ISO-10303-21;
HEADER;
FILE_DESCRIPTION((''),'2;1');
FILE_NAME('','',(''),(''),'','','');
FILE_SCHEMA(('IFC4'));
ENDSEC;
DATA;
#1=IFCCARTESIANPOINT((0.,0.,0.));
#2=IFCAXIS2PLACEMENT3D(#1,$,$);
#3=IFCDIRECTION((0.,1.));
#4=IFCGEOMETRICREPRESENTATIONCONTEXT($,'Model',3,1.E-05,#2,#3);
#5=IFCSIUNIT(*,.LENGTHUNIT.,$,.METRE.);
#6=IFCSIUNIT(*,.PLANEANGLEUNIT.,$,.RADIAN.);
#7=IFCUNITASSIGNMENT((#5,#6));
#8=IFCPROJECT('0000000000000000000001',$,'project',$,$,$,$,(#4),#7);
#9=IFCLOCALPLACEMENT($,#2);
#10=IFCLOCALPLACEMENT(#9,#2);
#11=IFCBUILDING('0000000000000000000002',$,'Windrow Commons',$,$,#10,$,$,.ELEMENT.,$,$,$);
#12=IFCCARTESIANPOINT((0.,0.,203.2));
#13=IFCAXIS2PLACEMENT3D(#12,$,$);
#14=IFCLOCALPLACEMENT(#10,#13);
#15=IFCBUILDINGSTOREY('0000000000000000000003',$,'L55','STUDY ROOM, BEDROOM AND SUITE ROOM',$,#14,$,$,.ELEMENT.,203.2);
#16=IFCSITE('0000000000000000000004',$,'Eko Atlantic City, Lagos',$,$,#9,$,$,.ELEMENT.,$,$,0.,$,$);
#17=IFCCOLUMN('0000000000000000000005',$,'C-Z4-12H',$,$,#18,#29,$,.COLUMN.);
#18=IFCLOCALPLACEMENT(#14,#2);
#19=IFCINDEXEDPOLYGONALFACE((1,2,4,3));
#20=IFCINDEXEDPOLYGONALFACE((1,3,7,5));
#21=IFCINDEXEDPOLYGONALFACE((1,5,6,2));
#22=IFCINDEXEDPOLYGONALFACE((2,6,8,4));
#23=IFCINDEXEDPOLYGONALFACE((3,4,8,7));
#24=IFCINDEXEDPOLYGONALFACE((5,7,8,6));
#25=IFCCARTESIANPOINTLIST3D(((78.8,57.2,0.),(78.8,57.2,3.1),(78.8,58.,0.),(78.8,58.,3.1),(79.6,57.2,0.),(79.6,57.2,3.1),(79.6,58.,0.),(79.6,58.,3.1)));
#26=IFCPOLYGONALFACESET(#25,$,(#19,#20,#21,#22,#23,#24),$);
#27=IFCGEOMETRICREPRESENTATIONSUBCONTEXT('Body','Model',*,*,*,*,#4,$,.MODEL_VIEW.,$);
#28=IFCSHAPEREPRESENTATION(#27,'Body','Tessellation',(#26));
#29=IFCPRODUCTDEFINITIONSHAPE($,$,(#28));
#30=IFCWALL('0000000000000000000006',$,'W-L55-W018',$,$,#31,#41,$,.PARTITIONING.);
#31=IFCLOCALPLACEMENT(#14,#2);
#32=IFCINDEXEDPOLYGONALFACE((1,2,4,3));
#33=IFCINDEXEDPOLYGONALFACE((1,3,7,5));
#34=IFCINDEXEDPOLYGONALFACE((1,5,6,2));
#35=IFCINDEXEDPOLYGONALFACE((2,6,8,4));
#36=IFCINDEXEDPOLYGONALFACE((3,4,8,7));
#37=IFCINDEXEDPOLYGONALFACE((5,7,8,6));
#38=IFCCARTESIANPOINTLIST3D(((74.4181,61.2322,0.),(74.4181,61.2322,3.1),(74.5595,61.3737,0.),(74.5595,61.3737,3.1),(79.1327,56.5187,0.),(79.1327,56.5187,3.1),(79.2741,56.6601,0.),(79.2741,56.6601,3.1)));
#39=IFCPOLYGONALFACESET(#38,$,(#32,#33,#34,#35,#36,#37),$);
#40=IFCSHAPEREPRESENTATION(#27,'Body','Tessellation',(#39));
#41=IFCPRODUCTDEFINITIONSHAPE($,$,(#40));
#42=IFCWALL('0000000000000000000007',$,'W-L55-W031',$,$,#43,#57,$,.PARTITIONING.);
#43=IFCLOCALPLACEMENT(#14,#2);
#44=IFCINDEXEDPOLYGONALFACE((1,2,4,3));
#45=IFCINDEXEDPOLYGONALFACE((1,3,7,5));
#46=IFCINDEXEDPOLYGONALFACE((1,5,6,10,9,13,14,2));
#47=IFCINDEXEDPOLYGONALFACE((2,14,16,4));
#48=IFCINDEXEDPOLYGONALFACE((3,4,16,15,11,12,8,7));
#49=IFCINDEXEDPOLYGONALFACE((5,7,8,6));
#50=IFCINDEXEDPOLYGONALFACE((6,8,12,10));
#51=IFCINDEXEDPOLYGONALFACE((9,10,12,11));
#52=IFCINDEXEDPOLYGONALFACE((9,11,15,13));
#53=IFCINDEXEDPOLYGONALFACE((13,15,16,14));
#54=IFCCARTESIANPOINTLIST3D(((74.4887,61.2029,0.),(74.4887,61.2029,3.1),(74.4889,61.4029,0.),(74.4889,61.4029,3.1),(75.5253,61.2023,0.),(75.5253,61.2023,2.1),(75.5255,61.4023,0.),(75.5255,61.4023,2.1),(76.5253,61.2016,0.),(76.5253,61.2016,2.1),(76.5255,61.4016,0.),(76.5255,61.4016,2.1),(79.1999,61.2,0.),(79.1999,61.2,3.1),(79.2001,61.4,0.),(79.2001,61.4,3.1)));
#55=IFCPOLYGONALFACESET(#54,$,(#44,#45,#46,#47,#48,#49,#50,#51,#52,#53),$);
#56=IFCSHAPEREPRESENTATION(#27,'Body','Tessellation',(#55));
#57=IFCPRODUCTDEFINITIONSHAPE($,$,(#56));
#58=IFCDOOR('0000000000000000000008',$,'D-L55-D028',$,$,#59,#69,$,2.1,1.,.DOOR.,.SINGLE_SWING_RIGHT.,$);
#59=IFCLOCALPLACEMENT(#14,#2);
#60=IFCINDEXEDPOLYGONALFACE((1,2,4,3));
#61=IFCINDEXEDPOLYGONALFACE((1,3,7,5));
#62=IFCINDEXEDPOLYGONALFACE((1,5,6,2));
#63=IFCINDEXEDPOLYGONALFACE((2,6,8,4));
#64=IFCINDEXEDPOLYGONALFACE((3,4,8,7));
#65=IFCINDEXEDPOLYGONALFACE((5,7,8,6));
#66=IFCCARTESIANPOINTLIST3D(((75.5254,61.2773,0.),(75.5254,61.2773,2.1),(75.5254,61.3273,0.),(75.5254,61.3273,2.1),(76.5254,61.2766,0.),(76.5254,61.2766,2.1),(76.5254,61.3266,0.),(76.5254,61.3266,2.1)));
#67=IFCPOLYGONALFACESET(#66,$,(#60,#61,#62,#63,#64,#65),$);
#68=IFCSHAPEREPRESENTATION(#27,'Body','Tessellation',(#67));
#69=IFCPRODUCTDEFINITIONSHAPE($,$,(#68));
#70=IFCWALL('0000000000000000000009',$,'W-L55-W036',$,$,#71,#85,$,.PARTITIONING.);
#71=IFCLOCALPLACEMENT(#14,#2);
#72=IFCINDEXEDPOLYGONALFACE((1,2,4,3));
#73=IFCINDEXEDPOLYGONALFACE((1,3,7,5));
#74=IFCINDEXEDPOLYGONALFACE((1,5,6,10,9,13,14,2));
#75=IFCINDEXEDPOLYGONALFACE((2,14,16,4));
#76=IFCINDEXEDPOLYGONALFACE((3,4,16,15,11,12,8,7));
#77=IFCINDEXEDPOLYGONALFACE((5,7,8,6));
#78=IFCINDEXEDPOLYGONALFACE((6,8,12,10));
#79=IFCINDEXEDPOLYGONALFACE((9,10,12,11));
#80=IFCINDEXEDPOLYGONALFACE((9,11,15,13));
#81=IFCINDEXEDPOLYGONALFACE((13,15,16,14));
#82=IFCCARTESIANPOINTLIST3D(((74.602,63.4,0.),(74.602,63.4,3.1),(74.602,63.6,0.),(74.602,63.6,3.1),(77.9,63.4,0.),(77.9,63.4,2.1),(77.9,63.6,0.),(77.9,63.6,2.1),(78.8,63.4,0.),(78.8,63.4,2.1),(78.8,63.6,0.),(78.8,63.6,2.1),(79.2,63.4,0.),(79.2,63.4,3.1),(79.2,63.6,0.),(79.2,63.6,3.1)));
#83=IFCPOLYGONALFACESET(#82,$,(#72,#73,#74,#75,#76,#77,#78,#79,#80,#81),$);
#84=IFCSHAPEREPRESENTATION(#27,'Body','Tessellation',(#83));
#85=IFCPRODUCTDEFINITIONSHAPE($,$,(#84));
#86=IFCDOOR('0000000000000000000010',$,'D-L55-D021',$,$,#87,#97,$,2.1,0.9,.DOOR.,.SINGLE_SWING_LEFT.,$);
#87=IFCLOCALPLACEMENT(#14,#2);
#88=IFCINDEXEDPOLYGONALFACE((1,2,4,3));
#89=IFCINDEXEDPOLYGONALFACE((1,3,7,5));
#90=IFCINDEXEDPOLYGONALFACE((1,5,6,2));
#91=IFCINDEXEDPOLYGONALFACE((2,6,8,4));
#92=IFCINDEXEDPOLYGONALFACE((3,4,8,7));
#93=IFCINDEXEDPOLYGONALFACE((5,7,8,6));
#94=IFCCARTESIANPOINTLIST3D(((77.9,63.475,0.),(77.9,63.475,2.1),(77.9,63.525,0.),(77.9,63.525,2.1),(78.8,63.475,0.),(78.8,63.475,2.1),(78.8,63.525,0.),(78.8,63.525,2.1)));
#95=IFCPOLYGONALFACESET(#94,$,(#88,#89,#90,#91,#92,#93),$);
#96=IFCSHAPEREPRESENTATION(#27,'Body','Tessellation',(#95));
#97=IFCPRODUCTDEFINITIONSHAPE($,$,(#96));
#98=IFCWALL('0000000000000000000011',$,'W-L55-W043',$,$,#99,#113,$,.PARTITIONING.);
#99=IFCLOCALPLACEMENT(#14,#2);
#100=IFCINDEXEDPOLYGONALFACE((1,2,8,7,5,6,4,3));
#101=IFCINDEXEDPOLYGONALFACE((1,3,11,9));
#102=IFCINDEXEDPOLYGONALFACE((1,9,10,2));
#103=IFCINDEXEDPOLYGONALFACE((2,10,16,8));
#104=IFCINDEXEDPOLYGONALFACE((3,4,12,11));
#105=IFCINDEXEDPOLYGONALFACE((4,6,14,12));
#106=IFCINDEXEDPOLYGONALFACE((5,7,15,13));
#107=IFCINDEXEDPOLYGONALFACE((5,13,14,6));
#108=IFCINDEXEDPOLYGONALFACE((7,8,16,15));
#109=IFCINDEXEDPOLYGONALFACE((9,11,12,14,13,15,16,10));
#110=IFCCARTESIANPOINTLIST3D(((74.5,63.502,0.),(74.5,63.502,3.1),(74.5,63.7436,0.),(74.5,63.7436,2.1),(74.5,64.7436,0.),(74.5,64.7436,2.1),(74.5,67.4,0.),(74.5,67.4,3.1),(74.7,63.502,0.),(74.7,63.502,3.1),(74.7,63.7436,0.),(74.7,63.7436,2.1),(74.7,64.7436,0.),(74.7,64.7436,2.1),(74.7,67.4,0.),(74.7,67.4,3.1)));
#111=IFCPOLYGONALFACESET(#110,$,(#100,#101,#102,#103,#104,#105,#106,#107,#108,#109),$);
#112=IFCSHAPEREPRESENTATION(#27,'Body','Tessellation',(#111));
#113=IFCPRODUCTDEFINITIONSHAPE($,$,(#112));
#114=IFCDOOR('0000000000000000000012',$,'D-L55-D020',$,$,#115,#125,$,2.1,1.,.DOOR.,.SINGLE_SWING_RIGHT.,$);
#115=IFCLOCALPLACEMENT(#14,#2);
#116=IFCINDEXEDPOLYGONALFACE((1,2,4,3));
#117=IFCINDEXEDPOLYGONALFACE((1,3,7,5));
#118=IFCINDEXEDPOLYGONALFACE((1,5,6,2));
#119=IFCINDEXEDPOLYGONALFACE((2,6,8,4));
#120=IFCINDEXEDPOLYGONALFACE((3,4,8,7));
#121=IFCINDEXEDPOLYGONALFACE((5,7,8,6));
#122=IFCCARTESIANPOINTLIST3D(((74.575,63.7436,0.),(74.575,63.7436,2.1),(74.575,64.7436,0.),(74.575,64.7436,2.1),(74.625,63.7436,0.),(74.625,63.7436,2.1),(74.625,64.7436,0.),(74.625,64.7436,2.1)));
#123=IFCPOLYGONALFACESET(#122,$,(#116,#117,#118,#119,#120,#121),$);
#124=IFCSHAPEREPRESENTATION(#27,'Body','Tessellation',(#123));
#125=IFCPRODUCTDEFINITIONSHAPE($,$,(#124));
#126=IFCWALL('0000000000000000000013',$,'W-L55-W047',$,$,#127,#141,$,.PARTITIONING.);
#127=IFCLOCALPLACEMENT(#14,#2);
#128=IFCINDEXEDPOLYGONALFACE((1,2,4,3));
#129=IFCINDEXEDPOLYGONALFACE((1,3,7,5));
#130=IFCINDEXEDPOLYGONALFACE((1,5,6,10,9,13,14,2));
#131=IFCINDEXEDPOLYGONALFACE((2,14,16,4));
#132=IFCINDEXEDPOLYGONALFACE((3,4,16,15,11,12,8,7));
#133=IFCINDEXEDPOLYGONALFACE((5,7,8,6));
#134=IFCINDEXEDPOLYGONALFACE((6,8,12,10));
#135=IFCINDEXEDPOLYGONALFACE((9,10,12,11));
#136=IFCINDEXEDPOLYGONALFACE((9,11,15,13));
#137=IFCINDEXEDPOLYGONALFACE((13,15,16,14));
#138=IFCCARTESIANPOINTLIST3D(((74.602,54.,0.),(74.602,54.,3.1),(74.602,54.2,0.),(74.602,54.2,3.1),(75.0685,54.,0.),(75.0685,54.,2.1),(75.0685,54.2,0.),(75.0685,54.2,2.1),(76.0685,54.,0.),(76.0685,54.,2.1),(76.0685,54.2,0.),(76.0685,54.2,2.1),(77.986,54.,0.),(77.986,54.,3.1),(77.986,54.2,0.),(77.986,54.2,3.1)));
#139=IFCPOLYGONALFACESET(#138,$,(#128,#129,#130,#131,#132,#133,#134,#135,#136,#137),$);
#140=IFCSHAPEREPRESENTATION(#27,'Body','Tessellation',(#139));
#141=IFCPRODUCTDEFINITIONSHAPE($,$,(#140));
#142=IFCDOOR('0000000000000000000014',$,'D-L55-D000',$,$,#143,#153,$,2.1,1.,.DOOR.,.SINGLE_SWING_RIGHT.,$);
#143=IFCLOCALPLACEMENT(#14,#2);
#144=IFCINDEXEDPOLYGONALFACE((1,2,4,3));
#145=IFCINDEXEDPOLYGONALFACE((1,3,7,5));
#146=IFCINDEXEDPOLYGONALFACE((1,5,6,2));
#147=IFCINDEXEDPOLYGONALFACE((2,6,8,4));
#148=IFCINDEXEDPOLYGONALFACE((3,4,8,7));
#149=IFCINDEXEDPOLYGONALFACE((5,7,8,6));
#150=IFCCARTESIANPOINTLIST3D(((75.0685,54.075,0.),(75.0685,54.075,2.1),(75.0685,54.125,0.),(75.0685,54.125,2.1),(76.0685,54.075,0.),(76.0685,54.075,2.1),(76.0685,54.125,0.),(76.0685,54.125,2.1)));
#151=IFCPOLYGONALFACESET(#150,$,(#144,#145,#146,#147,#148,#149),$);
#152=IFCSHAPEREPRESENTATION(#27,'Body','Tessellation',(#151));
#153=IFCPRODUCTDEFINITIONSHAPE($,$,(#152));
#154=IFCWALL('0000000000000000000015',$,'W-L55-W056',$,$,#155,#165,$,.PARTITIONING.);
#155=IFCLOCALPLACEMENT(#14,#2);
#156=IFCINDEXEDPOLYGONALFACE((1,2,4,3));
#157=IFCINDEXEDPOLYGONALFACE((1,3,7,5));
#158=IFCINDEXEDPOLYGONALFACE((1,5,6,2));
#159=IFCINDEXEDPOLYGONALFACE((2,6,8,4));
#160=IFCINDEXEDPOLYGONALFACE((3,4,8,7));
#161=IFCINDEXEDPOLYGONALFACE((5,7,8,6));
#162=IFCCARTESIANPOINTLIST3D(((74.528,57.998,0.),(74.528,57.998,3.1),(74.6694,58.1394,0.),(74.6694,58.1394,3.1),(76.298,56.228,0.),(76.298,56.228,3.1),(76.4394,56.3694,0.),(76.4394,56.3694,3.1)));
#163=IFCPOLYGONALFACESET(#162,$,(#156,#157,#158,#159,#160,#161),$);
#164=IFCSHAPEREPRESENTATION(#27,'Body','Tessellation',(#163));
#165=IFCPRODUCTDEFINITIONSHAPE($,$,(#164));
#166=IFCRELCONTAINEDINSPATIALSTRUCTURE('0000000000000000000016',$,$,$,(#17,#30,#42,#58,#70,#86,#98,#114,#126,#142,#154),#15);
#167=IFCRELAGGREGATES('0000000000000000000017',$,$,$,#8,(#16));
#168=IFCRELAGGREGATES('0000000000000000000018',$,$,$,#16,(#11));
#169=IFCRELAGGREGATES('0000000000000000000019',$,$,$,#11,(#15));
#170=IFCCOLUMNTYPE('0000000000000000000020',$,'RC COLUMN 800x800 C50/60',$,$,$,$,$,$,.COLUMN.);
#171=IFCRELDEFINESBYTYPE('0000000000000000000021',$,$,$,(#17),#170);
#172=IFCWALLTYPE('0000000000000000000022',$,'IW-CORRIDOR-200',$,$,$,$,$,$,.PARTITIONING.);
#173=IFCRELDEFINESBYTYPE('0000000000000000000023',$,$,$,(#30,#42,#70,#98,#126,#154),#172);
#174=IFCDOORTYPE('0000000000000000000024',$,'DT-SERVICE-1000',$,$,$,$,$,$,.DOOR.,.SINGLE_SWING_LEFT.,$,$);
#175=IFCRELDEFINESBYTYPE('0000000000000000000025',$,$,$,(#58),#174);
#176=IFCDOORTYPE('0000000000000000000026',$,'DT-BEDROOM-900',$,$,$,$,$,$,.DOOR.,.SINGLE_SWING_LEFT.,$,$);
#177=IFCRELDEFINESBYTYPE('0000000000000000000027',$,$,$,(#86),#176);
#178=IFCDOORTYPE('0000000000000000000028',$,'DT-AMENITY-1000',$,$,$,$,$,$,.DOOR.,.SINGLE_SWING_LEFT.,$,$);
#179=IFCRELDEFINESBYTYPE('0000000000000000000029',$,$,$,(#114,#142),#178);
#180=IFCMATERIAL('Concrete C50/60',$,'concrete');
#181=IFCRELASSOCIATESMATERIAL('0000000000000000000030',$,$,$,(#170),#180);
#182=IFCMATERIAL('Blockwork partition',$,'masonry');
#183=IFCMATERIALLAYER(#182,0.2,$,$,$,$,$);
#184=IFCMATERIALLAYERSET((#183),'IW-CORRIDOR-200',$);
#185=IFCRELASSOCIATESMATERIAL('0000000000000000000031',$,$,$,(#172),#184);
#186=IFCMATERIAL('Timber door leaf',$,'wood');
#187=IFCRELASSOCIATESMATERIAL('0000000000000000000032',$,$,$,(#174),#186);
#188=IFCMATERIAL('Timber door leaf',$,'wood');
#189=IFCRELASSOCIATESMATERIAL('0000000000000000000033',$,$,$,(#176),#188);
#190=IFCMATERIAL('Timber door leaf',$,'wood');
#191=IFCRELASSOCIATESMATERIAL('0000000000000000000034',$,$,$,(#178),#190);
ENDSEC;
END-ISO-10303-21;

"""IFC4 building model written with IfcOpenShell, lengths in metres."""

from ifc_helpers import new_model, si_unit, direction, frame, frame_2d, origin, origin_2d, place, context, subcontext, project, spatial, rectangle, extrude, material, layer, layer_set, material_profile, profile_set, type_object, element, fill, save


model = new_model("IFC4")

# Units and contexts
model_context = context("Model", 3, precision=1e-05, world=origin(), true_north=direction((0.0, 1.0)))
body_context = subcontext(model_context, "Body", "Model", "MODEL_VIEW")
ifc_project = project(units=[si_unit("LENGTHUNIT", "METRE"), si_unit("PLANEANGLEUNIT", "RADIAN")], contexts=[model_context])

# Site, building, storey
site_placement = place(None, origin())
site = spatial("IfcSite", under=ifc_project, at=site_placement, Name="Eko Atlantic City, Lagos", CompositionType="ELEMENT", RefElevation=0.0)
building_placement = place(site_placement, origin())
building = spatial("IfcBuilding", under=site, at=building_placement, Name="Windrow Commons", CompositionType="ELEMENT")
storey_placement = place(building_placement, frame((0.0, 0.0, 203.2)))
storey = spatial("IfcBuildingStorey", under=building, at=storey_placement, Name="L55", Description="STUDY ROOM, BEDROOM AND SUITE ROOM", CompositionType="ELEMENT", Elevation=203.2)

# Column
ifc_material_1 = material(Name="Concrete C50/60", Category="concrete")
ifc_material_profile = material_profile(ifc_material_1, rectangle(XDim=0.8, YDim=0.8, at=origin_2d()))
ifc_profile_set = profile_set([ifc_material_profile], Name="Concrete C50/60")
column_type = type_object("IfcColumnType", Name="RC COLUMN 800x800 C50/60", PredefinedType="COLUMN", material=ifc_profile_set)
column_placement = place(storey_placement, frame((79.2, 57.6, 0.0), z_axis=(0.0, 0.0, 1.0), x_axis=(1.0, 0.0, 0.0)))
element("IfcColumn", 1, at=column_placement, inside=storey, type_object=column_type, Name="C-Z4-12H", PredefinedType="COLUMN", context=body_context, shape_type="SweptSolid", body=[
    extrude(rectangle(XDim=0.8, YDim=0.8, at=origin_2d()), origin(), (0.0, 0.0, 1.0), 3.1),
])

# Wall
ifc_material_2 = material(Name="Blockwork partition", Category="masonry")
ifc_layer_1 = layer(ifc_material_2, 0.2)
ifc_layer_set_1 = layer_set([ifc_layer_1], Name="IW-CORRIDOR-200")
wall_type_1 = type_object("IfcWallType", Name="IW-CORRIDOR-200", PredefinedType="PARTITIONING", material=ifc_layer_set_1)
wall_1_placement = place(storey_placement, frame((74.4888, 61.3029, 0.0), z_axis=(0.0, 0.0, 1.0), x_axis=(0.707189, -0.707024, 0.0)))
element("IfcWall", 2, at=wall_1_placement, inside=storey, type_object=wall_type_1, Name="W-L55-W018", PredefinedType="PARTITIONING", context=body_context, shape_type="SweptSolid", body=[
    extrude(rectangle(XDim=6.6667, YDim=0.2, at=frame_2d((3.3333, 0.0))), origin(), (0.0, 0.0, 1.0), 3.1),
])

# Walls, openings, doors
wall_2_placement = place(storey_placement, frame((74.4888, 61.3029, 0.0), z_axis=(0.0, 0.0, 1.0), x_axis=(1.0, -0.000616, 0.0)))
wall_2 = element("IfcWall", 3, at=wall_2_placement, inside=storey, type_object=wall_type_1, Name="W-L55-W031", PredefinedType="PARTITIONING", context=body_context, shape_type="SweptSolid", body=[
    extrude(rectangle(XDim=4.7112, YDim=0.2, at=frame_2d((2.3556, 0.0))), origin(), (0.0, 0.0, 1.0), 3.1),
])
opening_1_placement = place(wall_2_placement, frame((1.0366, 0.0, 0.0)))
opening_1 = element("IfcOpeningElement", 4, at=opening_1_placement, cuts=wall_2, PredefinedType="OPENING", context=body_context, shape_type="SweptSolid", body=[
    extrude(rectangle(XDim=1.0, YDim=2.1, at=frame_2d((0.5, 1.05))), frame((0.0, 0.11, 0.0), z_axis=(0.0, -1.0, 0.0), x_axis=(1.0, 0.0, 0.0)), (0.0, 0.0, 1.0), 0.22),
])
ifc_material_3 = material(Name="Timber door leaf", Category="wood")
door_type_1 = type_object("IfcDoorType", Name="DT-SERVICE-1000", OperationType="SINGLE_SWING_LEFT", PredefinedType="DOOR", material=ifc_material_3)
door_1_placement = place(opening_1_placement, origin())
door_1 = element("IfcDoor", 5, at=door_1_placement, inside=storey, type_object=door_type_1, Name="D-L55-D028", OperationType="SINGLE_SWING_RIGHT", OverallHeight=2.1, OverallWidth=1.0, PredefinedType="DOOR", context=body_context, shape_type="SweptSolid", body=[
    extrude(rectangle(XDim=1.0, YDim=2.1, at=frame_2d((0.5, 1.05))), frame((0.0, 0.025, 0.0), z_axis=(0.0, -1.0, 0.0), x_axis=(1.0, 0.0, 0.0)), (0.0, 0.0, 1.0), 0.05),
])
fill(opening_1, door_1)
wall_3_placement = place(storey_placement, frame((74.602, 63.5, 0.0), z_axis=(0.0, 0.0, 1.0), x_axis=(1.0, 0.0, 0.0)))
wall_3 = element("IfcWall", 6, at=wall_3_placement, inside=storey, type_object=wall_type_1, Name="W-L55-W036", PredefinedType="PARTITIONING", context=body_context, shape_type="SweptSolid", body=[
    extrude(rectangle(XDim=4.598, YDim=0.2, at=frame_2d((2.299, 0.0))), origin(), (0.0, 0.0, 1.0), 3.1),
])
opening_2_placement = place(wall_3_placement, frame((3.298, 0.0, 0.0)))
opening_2 = element("IfcOpeningElement", 7, at=opening_2_placement, cuts=wall_3, PredefinedType="OPENING", context=body_context, shape_type="SweptSolid", body=[
    extrude(rectangle(XDim=0.9, YDim=2.1, at=frame_2d((0.45, 1.05))), frame((0.0, 0.11, 0.0), z_axis=(0.0, -1.0, 0.0), x_axis=(1.0, 0.0, 0.0)), (0.0, 0.0, 1.0), 0.22),
])
ifc_material_4 = material(Name="Timber door leaf", Category="wood")
door_type_2 = type_object("IfcDoorType", Name="DT-BEDROOM-900", OperationType="SINGLE_SWING_LEFT", PredefinedType="DOOR", material=ifc_material_4)
door_2_placement = place(opening_2_placement, origin())
door_2 = element("IfcDoor", 8, at=door_2_placement, inside=storey, type_object=door_type_2, Name="D-L55-D021", OperationType="SINGLE_SWING_LEFT", OverallHeight=2.1, OverallWidth=0.9, PredefinedType="DOOR", context=body_context, shape_type="SweptSolid", body=[
    extrude(rectangle(XDim=0.9, YDim=2.1, at=frame_2d((0.45, 1.05))), frame((0.0, 0.025, 0.0), z_axis=(0.0, -1.0, 0.0), x_axis=(1.0, 0.0, 0.0)), (0.0, 0.0, 1.0), 0.05),
])
fill(opening_2, door_2)
wall_4_placement = place(storey_placement, frame((74.6, 63.502, 0.0), z_axis=(0.0, 0.0, 1.0), x_axis=(0.0, 1.0, 0.0)))
wall_4 = element("IfcWall", 9, at=wall_4_placement, inside=storey, type_object=wall_type_1, Name="W-L55-W043", PredefinedType="PARTITIONING", context=body_context, shape_type="SweptSolid", body=[
    extrude(rectangle(XDim=3.898, YDim=0.2, at=frame_2d((1.949, 0.0))), origin(), (0.0, 0.0, 1.0), 3.1),
])
opening_3_placement = place(wall_4_placement, frame((0.2416, 0.0, 0.0)))
opening_3 = element("IfcOpeningElement", 10, at=opening_3_placement, cuts=wall_4, PredefinedType="OPENING", context=body_context, shape_type="SweptSolid", body=[
    extrude(rectangle(XDim=1.0, YDim=2.1, at=frame_2d((0.5, 1.05))), frame((0.0, 0.11, 0.0), z_axis=(0.0, -1.0, 0.0), x_axis=(1.0, 0.0, 0.0)), (0.0, 0.0, 1.0), 0.22),
])
ifc_material_5 = material(Name="Timber door leaf", Category="wood")
door_type_3 = type_object("IfcDoorType", Name="DT-AMENITY-1000", OperationType="SINGLE_SWING_LEFT", PredefinedType="DOOR", material=ifc_material_5)
door_3_placement = place(opening_3_placement, origin())
door_3 = element("IfcDoor", 11, at=door_3_placement, inside=storey, type_object=door_type_3, Name="D-L55-D020", OperationType="SINGLE_SWING_RIGHT", OverallHeight=2.1, OverallWidth=1.0, PredefinedType="DOOR", context=body_context, shape_type="SweptSolid", body=[
    extrude(rectangle(XDim=1.0, YDim=2.1, at=frame_2d((0.5, 1.05))), frame((0.0, 0.025, 0.0), z_axis=(0.0, -1.0, 0.0), x_axis=(1.0, 0.0, 0.0)), (0.0, 0.0, 1.0), 0.05),
])
fill(opening_3, door_3)
wall_5_placement = place(storey_placement, frame((74.602, 54.1, 0.0), z_axis=(0.0, 0.0, 1.0), x_axis=(1.0, 0.0, 0.0)))
wall_5 = element("IfcWall", 12, at=wall_5_placement, inside=storey, type_object=wall_type_1, Name="W-L55-W047", PredefinedType="PARTITIONING", context=body_context, shape_type="SweptSolid", body=[
    extrude(rectangle(XDim=3.384, YDim=0.2, at=frame_2d((1.692, 0.0))), origin(), (0.0, 0.0, 1.0), 3.1),
])
opening_4_placement = place(wall_5_placement, frame((0.4665, 0.0, 0.0)))
opening_4 = element("IfcOpeningElement", 13, at=opening_4_placement, cuts=wall_5, PredefinedType="OPENING", context=body_context, shape_type="SweptSolid", body=[
    extrude(rectangle(XDim=1.0, YDim=2.1, at=frame_2d((0.5, 1.05))), frame((0.0, 0.11, 0.0), z_axis=(0.0, -1.0, 0.0), x_axis=(1.0, 0.0, 0.0)), (0.0, 0.0, 1.0), 0.22),
])
door_4_placement = place(opening_4_placement, origin())
door_4 = element("IfcDoor", 14, at=door_4_placement, inside=storey, type_object=door_type_3, Name="D-L55-D000", OperationType="SINGLE_SWING_RIGHT", OverallHeight=2.1, OverallWidth=1.0, PredefinedType="DOOR", context=body_context, shape_type="SweptSolid", body=[
    extrude(rectangle(XDim=1.0, YDim=2.1, at=frame_2d((0.5, 1.05))), frame((0.0, 0.025, 0.0), z_axis=(0.0, -1.0, 0.0), x_axis=(1.0, 0.0, 0.0)), (0.0, 0.0, 1.0), 0.05),
])
fill(opening_4, door_4)

# Wall
wall_6_placement = place(storey_placement, frame((74.5987, 58.0687, 0.0), z_axis=(0.0, 0.0, 1.0), x_axis=(0.707107, -0.707107, 0.0)))
element("IfcWall", 15, at=wall_6_placement, inside=storey, type_object=wall_type_1, Name="W-L55-W056", PredefinedType="PARTITIONING", context=body_context, shape_type="SweptSolid", body=[
    extrude(rectangle(XDim=2.5032, YDim=0.2, at=frame_2d((1.2516, 0.0))), origin(), (0.0, 0.0, 1.0), 3.1),
])

save(model, "model.ifc")
